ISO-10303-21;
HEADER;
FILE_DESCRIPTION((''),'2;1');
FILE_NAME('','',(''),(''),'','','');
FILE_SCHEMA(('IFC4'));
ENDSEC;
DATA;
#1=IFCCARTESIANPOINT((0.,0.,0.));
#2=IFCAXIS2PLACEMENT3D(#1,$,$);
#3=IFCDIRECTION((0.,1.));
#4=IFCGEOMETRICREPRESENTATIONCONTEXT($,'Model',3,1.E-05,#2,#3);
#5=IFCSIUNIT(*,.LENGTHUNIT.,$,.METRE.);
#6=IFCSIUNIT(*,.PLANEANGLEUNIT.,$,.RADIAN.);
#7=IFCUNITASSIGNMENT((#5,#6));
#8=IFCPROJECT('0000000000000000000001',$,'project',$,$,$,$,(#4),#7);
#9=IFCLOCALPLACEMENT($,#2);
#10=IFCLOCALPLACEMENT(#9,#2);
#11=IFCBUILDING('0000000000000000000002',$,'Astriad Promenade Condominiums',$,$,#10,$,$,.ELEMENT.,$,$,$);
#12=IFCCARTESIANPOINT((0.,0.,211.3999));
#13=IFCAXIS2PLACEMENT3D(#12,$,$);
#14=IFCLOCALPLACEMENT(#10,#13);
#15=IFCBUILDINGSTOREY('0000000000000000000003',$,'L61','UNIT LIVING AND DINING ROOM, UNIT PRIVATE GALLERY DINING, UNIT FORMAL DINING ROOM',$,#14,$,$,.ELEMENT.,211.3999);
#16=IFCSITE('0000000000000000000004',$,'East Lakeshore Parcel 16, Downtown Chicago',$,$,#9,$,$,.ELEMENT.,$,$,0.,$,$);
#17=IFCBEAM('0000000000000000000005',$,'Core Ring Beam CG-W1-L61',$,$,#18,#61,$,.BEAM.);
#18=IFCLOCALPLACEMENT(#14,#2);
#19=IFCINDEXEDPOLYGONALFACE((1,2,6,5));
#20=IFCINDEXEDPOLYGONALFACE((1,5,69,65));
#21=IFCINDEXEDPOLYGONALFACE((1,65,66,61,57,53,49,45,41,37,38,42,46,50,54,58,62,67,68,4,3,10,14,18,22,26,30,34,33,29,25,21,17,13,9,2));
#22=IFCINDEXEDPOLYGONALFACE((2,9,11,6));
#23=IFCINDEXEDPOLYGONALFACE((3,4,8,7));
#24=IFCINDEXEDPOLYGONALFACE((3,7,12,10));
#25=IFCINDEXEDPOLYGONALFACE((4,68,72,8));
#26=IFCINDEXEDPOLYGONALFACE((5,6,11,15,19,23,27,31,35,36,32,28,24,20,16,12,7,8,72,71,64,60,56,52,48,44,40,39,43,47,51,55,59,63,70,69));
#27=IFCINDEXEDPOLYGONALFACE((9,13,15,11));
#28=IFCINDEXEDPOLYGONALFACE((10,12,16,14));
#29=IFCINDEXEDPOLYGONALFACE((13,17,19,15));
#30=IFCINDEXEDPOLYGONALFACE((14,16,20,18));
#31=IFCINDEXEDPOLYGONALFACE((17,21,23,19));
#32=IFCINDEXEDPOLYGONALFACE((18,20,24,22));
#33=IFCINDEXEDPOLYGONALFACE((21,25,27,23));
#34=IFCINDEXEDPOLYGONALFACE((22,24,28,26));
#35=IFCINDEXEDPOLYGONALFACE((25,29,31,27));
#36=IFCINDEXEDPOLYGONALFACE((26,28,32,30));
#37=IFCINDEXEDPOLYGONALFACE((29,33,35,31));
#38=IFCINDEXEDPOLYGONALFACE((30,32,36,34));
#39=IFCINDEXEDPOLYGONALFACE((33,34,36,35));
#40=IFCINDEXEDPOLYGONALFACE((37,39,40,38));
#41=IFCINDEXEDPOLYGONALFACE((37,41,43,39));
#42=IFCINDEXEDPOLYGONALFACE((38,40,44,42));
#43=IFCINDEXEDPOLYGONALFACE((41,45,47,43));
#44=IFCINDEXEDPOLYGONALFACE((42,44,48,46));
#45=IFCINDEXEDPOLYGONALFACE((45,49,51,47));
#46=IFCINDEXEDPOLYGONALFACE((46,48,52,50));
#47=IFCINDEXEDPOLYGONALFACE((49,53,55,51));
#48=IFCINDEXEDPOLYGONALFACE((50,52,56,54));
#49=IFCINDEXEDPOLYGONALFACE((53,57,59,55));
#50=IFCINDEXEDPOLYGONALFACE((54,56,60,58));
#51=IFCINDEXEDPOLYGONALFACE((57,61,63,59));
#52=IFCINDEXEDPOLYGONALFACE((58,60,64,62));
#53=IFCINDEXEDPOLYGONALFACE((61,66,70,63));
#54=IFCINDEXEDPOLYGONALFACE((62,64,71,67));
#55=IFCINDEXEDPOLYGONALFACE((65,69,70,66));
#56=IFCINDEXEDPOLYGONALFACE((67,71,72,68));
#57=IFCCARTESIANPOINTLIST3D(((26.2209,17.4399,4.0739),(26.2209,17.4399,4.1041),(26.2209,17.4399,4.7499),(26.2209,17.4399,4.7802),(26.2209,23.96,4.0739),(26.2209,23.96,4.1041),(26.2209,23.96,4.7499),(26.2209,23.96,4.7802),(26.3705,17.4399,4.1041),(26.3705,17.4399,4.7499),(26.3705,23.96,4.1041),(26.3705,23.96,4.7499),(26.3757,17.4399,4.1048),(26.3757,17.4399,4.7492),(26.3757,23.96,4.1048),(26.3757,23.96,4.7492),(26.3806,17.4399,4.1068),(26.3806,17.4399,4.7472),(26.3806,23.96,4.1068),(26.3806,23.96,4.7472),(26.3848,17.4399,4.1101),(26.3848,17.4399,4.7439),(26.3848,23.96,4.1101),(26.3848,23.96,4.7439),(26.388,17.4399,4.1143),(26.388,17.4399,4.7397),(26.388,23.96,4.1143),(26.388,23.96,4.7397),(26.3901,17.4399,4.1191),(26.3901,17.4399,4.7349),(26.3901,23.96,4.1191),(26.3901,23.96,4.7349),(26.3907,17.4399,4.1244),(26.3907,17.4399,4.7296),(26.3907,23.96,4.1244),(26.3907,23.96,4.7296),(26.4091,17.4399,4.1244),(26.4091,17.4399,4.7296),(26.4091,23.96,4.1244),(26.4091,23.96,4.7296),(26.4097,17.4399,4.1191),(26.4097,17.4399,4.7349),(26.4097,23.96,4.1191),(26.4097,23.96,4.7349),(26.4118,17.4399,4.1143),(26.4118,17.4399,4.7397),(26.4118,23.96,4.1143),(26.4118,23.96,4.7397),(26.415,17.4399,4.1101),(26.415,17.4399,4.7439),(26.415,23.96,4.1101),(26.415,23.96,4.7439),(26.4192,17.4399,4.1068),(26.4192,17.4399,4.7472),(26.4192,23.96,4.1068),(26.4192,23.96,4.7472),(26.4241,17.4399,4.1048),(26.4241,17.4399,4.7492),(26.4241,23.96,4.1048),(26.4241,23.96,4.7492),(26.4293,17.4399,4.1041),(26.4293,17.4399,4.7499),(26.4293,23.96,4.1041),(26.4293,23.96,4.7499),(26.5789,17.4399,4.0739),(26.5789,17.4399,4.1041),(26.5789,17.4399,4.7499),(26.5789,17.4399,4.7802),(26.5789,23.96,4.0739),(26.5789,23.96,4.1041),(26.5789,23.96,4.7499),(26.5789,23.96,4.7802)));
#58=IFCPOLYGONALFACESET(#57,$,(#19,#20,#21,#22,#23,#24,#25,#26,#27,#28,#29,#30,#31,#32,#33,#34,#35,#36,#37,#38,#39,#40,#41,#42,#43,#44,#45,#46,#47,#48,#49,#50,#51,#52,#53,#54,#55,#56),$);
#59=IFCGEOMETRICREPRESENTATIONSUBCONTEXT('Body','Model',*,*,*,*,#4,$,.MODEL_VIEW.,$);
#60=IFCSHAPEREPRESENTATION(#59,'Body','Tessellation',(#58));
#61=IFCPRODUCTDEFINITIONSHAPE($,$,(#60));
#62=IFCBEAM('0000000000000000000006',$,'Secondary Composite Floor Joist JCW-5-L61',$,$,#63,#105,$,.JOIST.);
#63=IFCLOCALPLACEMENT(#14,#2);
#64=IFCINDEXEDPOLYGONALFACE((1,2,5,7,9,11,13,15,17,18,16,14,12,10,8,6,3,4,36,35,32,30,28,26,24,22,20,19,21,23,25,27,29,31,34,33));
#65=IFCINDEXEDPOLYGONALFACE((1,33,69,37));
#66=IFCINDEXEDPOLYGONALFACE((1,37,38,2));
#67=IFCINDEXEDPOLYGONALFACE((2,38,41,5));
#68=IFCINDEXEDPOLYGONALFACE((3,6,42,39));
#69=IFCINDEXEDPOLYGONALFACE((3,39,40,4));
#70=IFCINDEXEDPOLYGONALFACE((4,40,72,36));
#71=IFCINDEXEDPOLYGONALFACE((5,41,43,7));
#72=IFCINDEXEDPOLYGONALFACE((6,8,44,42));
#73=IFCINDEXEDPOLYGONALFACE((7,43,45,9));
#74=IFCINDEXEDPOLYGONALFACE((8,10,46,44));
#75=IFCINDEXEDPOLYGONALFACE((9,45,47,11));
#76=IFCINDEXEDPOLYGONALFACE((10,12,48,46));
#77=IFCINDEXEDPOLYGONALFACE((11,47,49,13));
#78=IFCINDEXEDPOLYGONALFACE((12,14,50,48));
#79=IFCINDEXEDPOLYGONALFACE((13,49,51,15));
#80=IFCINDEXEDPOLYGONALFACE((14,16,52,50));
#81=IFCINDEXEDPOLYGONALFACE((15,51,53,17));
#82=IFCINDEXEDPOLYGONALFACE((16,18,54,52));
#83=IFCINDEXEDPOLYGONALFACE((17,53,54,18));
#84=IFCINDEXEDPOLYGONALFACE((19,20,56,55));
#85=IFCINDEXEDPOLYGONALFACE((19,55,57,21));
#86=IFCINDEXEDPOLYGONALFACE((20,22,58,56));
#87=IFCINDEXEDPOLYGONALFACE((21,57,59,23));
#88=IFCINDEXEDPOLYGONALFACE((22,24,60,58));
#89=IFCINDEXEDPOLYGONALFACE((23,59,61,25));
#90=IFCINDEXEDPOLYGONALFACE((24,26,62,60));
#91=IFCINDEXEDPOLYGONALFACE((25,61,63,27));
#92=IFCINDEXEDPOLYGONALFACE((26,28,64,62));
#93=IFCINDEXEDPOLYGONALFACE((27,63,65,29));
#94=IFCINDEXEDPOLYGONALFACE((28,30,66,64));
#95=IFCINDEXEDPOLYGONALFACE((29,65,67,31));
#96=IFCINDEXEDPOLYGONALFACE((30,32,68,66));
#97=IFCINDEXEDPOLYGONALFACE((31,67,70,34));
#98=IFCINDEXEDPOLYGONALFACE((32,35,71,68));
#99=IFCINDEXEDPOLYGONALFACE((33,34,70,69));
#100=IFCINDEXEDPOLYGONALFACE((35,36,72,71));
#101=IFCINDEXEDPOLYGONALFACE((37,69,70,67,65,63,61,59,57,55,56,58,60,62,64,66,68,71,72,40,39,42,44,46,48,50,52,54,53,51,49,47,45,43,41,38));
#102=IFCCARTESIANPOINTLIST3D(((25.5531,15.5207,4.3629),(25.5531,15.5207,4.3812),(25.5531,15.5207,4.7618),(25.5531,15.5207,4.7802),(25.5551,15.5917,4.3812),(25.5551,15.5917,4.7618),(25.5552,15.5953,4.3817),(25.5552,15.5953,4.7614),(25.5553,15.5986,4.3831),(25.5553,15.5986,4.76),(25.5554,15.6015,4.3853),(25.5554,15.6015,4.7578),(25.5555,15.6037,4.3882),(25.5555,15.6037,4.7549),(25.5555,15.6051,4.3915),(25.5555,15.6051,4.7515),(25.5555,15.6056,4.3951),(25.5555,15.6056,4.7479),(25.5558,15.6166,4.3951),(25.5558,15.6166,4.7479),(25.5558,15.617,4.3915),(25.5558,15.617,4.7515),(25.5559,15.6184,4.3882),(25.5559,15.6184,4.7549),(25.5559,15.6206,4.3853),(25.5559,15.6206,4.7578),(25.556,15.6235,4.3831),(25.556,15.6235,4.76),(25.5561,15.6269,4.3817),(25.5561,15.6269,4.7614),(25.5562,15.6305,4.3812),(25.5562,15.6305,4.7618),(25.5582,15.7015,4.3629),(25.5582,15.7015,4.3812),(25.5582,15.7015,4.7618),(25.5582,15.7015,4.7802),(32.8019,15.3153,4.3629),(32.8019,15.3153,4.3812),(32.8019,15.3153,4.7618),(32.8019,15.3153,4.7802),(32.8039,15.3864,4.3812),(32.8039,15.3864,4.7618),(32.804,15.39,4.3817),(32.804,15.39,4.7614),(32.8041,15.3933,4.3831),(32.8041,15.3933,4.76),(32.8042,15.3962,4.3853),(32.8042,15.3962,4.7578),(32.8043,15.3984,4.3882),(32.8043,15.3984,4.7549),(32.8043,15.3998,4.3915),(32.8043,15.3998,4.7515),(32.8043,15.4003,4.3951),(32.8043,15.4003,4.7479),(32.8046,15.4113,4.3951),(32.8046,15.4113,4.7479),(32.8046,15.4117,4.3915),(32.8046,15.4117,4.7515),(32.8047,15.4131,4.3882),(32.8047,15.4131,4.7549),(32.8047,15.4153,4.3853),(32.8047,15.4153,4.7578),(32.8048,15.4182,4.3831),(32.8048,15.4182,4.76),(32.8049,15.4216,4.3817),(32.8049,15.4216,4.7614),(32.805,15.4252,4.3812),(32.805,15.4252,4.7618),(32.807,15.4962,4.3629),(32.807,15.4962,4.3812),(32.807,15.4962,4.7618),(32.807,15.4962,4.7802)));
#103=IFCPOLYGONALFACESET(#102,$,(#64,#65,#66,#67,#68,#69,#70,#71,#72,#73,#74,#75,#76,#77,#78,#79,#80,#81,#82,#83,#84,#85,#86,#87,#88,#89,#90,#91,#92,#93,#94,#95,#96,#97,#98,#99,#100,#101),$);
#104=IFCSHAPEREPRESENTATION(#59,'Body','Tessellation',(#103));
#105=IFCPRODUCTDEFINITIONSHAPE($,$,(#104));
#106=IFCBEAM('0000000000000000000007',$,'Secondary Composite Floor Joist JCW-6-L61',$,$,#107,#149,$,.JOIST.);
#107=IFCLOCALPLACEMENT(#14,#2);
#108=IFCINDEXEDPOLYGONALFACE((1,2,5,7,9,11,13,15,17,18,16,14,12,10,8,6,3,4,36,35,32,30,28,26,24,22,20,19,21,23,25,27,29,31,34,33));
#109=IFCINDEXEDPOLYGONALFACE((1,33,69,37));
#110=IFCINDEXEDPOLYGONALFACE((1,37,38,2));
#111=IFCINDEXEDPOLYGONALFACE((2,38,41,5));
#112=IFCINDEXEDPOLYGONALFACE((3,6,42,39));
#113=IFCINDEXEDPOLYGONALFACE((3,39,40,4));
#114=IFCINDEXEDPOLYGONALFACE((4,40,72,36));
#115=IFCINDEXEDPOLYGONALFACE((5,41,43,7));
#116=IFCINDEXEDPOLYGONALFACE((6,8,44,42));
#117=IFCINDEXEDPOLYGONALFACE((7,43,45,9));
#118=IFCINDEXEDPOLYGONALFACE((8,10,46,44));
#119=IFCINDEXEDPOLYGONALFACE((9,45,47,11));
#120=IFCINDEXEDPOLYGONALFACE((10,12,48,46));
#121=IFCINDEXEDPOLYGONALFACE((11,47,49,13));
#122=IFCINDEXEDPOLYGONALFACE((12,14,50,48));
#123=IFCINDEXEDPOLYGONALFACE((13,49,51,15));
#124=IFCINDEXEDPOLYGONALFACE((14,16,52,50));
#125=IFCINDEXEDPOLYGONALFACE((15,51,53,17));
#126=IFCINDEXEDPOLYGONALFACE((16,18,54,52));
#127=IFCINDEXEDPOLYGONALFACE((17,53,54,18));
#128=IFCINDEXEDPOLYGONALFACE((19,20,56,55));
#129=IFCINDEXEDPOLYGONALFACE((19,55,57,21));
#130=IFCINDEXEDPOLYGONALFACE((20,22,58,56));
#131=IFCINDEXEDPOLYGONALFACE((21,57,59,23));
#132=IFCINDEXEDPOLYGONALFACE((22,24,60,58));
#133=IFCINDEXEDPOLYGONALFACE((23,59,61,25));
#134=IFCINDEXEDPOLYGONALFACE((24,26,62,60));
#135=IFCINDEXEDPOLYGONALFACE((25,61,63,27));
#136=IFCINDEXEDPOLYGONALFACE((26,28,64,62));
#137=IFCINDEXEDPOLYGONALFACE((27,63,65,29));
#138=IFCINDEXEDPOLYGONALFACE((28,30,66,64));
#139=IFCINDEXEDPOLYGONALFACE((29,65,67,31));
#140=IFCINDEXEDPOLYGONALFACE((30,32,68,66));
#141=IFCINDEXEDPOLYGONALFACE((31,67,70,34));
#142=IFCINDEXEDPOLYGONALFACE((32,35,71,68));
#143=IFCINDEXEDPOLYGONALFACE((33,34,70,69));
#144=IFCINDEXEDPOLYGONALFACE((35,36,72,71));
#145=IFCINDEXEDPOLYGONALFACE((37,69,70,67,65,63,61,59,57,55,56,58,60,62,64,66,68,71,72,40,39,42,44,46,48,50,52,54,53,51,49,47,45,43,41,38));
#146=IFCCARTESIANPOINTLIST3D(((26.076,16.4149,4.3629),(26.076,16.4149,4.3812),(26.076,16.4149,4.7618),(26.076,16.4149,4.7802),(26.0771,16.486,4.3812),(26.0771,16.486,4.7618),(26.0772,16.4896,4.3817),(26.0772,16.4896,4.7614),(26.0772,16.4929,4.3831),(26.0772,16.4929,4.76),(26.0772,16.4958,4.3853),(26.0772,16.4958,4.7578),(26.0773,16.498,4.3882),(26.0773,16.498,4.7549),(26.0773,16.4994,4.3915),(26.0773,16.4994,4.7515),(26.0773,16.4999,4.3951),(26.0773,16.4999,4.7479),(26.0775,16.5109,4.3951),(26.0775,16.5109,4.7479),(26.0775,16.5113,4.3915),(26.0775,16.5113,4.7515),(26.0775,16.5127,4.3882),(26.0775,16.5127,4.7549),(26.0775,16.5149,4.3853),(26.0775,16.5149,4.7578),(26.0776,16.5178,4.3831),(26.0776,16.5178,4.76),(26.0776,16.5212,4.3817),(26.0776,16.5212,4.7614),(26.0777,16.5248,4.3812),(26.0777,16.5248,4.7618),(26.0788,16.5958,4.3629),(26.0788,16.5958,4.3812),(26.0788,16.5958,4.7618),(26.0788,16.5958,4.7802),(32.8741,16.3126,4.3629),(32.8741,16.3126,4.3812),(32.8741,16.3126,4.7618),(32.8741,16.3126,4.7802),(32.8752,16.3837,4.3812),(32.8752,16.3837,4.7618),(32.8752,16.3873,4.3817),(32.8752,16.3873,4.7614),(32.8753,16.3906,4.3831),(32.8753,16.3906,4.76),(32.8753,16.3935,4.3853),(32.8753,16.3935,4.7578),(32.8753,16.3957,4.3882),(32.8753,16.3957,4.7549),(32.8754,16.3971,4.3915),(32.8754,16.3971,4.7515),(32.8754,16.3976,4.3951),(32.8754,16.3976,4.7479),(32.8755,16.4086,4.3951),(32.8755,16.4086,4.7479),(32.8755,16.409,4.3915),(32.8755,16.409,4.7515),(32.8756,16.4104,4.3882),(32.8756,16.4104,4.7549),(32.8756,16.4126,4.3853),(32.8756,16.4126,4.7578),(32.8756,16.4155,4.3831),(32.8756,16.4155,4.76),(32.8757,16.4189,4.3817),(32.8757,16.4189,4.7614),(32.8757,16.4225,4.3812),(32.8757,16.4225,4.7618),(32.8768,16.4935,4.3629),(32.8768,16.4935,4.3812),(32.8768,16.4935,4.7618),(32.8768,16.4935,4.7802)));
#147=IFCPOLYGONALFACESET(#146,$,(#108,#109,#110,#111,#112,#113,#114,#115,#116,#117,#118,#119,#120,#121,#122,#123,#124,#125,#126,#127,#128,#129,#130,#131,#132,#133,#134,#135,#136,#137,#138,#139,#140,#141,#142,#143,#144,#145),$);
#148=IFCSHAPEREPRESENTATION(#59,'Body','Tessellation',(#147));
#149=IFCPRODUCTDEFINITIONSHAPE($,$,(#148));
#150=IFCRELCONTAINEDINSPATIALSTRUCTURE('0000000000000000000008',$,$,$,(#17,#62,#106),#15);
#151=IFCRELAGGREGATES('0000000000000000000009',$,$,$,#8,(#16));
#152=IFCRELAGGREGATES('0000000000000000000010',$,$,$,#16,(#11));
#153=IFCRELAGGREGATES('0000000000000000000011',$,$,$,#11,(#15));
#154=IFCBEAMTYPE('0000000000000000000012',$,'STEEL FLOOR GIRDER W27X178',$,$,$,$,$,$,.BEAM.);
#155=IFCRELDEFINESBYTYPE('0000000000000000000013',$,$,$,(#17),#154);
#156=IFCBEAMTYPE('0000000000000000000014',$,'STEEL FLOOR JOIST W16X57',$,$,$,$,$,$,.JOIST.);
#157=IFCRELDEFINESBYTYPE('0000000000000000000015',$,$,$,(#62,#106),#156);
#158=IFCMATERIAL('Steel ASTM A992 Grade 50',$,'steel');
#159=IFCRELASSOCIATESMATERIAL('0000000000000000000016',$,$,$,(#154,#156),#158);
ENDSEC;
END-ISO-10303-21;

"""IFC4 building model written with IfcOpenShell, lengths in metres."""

from ifc_helpers import new_model, si_unit, direction, frame, origin, origin_2d, place, context, subcontext, project, spatial, i_section, extrude, source, transform, mapped, material, material_profile, profile_set, type_object, type_shapes, element, save


model = new_model("IFC4")

# Units and contexts
model_context = context("Model", 3, precision=1e-05, world=origin(), true_north=direction((0.0, 1.0)))
body_context = subcontext(model_context, "Body", "Model", "MODEL_VIEW")
ifc_project = project(units=[si_unit("LENGTHUNIT", "METRE"), si_unit("PLANEANGLEUNIT", "RADIAN")], contexts=[model_context])

# Site, building, storey
site_placement = place(None, origin())
site = spatial("IfcSite", under=ifc_project, at=site_placement, Name="East Lakeshore Parcel 16, Downtown Chicago", CompositionType="ELEMENT", RefElevation=0.0)
building_placement = place(site_placement, origin())
building = spatial("IfcBuilding", under=site, at=building_placement, Name="Astriad Promenade Condominiums", CompositionType="ELEMENT")
storey_placement = place(building_placement, frame((0.0, 0.0, 211.3999)))
storey = spatial("IfcBuildingStorey", under=building, at=storey_placement, Name="L61", Description="UNIT LIVING AND DINING ROOM, UNIT PRIVATE GALLERY DINING, UNIT FORMAL DINING ROOM", CompositionType="ELEMENT", Elevation=211.3999)

# Shared definitions
ifc_material_1 = material(Name="Steel ASTM A992 Grade 50", Category="steel")

# Beams
ifc_material_profile_1 = material_profile(ifc_material_1, i_section(OverallWidth=0.3579, OverallDepth=0.7063, WebThickness=0.0183, FlangeThickness=0.0303, FilletRadius=0.0203, at=origin_2d()), Name="W27X178")
ifc_profile_set_1 = profile_set([ifc_material_profile_1], Name="Steel ASTM A992 Grade 50")
beam_type_1 = type_object("IfcBeamType", Name="STEEL FLOOR GIRDER W27X178", PredefinedType="BEAM", material=ifc_profile_set_1)
shared_shape_1 = source(origin(), body_context, "Body", "SweptSolid", [
    extrude(i_section(OverallWidth=0.3579, OverallDepth=0.7063, WebThickness=0.0183, FlangeThickness=0.0303, FilletRadius=0.0203, at=origin_2d()), origin(), (0.0, 0.0, 1.0), 6.52),
])
type_shapes(beam_type_1, [shared_shape_1])
beam_1_placement = place(storey_placement, frame((26.3999, 17.4399, 4.427), z_axis=(0.0, 1.0, 0.0), x_axis=(-1.0, 0.0, 0.0)))
element("IfcBeam", 1, at=beam_1_placement, inside=storey, type_object=beam_type_1, Name="Core Ring Beam CG-W1-L61", PredefinedType="BEAM", context=body_context, shape_type="MappedRepresentation", body=[
    mapped(shared_shape_1, transform((0.0, 0.0, 0.0), scale=1.0)),
])
ifc_material_profile_2 = material_profile(ifc_material_1, i_section(OverallWidth=0.1809, OverallDepth=0.4172, WebThickness=0.011, FlangeThickness=0.0183, FilletRadius=0.0139, at=origin_2d()), Name="W16X57")
ifc_profile_set_2 = profile_set([ifc_material_profile_2], Name="Steel ASTM A992 Grade 50")
beam_type_2 = type_object("IfcBeamType", Name="STEEL FLOOR JOIST W16X57", PredefinedType="JOIST", material=ifc_profile_set_2)
shared_shape_2 = source(origin(), body_context, "Body", "SweptSolid", [
    extrude(i_section(OverallWidth=0.1809, OverallDepth=0.4172, WebThickness=0.011, FlangeThickness=0.0183, FilletRadius=0.0139, at=origin_2d()), origin(), (0.0, 0.0, 1.0), 7.2517),
])
beam_2_placement = place(storey_placement, frame((25.5557, 15.6111, 4.5715), z_axis=(0.999599, -0.028314, 0.0), x_axis=(0.028314, 0.999599, 0.0)))
element("IfcBeam", 2, at=beam_2_placement, inside=storey, type_object=beam_type_2, Name="Secondary Composite Floor Joist JCW-5-L61", PredefinedType="JOIST", context=body_context, shape_type="MappedRepresentation", body=[
    mapped(shared_shape_2, transform((0.0, 0.0, 0.0), scale=1.0)),
])
shared_shape_3 = source(origin(), body_context, "Body", "SweptSolid", [
    extrude(i_section(OverallWidth=0.1809, OverallDepth=0.4172, WebThickness=0.011, FlangeThickness=0.0183, FilletRadius=0.0139, at=origin_2d()), origin(), (0.0, 0.0, 1.0), 6.7988),
])
type_shapes(beam_type_2, [shared_shape_2, shared_shape_3])
beam_3_placement = place(storey_placement, frame((26.0774, 16.5054, 4.5715), z_axis=(0.999887, -0.015046, 0.0), x_axis=(0.015046, 0.999887, 0.0)))
element("IfcBeam", 3, at=beam_3_placement, inside=storey, type_object=beam_type_2, Name="Secondary Composite Floor Joist JCW-6-L61", PredefinedType="JOIST", context=body_context, shape_type="MappedRepresentation", body=[
    mapped(shared_shape_3, transform((0.0, 0.0, 0.0), scale=1.0)),
])

save(model, "model.ifc")
